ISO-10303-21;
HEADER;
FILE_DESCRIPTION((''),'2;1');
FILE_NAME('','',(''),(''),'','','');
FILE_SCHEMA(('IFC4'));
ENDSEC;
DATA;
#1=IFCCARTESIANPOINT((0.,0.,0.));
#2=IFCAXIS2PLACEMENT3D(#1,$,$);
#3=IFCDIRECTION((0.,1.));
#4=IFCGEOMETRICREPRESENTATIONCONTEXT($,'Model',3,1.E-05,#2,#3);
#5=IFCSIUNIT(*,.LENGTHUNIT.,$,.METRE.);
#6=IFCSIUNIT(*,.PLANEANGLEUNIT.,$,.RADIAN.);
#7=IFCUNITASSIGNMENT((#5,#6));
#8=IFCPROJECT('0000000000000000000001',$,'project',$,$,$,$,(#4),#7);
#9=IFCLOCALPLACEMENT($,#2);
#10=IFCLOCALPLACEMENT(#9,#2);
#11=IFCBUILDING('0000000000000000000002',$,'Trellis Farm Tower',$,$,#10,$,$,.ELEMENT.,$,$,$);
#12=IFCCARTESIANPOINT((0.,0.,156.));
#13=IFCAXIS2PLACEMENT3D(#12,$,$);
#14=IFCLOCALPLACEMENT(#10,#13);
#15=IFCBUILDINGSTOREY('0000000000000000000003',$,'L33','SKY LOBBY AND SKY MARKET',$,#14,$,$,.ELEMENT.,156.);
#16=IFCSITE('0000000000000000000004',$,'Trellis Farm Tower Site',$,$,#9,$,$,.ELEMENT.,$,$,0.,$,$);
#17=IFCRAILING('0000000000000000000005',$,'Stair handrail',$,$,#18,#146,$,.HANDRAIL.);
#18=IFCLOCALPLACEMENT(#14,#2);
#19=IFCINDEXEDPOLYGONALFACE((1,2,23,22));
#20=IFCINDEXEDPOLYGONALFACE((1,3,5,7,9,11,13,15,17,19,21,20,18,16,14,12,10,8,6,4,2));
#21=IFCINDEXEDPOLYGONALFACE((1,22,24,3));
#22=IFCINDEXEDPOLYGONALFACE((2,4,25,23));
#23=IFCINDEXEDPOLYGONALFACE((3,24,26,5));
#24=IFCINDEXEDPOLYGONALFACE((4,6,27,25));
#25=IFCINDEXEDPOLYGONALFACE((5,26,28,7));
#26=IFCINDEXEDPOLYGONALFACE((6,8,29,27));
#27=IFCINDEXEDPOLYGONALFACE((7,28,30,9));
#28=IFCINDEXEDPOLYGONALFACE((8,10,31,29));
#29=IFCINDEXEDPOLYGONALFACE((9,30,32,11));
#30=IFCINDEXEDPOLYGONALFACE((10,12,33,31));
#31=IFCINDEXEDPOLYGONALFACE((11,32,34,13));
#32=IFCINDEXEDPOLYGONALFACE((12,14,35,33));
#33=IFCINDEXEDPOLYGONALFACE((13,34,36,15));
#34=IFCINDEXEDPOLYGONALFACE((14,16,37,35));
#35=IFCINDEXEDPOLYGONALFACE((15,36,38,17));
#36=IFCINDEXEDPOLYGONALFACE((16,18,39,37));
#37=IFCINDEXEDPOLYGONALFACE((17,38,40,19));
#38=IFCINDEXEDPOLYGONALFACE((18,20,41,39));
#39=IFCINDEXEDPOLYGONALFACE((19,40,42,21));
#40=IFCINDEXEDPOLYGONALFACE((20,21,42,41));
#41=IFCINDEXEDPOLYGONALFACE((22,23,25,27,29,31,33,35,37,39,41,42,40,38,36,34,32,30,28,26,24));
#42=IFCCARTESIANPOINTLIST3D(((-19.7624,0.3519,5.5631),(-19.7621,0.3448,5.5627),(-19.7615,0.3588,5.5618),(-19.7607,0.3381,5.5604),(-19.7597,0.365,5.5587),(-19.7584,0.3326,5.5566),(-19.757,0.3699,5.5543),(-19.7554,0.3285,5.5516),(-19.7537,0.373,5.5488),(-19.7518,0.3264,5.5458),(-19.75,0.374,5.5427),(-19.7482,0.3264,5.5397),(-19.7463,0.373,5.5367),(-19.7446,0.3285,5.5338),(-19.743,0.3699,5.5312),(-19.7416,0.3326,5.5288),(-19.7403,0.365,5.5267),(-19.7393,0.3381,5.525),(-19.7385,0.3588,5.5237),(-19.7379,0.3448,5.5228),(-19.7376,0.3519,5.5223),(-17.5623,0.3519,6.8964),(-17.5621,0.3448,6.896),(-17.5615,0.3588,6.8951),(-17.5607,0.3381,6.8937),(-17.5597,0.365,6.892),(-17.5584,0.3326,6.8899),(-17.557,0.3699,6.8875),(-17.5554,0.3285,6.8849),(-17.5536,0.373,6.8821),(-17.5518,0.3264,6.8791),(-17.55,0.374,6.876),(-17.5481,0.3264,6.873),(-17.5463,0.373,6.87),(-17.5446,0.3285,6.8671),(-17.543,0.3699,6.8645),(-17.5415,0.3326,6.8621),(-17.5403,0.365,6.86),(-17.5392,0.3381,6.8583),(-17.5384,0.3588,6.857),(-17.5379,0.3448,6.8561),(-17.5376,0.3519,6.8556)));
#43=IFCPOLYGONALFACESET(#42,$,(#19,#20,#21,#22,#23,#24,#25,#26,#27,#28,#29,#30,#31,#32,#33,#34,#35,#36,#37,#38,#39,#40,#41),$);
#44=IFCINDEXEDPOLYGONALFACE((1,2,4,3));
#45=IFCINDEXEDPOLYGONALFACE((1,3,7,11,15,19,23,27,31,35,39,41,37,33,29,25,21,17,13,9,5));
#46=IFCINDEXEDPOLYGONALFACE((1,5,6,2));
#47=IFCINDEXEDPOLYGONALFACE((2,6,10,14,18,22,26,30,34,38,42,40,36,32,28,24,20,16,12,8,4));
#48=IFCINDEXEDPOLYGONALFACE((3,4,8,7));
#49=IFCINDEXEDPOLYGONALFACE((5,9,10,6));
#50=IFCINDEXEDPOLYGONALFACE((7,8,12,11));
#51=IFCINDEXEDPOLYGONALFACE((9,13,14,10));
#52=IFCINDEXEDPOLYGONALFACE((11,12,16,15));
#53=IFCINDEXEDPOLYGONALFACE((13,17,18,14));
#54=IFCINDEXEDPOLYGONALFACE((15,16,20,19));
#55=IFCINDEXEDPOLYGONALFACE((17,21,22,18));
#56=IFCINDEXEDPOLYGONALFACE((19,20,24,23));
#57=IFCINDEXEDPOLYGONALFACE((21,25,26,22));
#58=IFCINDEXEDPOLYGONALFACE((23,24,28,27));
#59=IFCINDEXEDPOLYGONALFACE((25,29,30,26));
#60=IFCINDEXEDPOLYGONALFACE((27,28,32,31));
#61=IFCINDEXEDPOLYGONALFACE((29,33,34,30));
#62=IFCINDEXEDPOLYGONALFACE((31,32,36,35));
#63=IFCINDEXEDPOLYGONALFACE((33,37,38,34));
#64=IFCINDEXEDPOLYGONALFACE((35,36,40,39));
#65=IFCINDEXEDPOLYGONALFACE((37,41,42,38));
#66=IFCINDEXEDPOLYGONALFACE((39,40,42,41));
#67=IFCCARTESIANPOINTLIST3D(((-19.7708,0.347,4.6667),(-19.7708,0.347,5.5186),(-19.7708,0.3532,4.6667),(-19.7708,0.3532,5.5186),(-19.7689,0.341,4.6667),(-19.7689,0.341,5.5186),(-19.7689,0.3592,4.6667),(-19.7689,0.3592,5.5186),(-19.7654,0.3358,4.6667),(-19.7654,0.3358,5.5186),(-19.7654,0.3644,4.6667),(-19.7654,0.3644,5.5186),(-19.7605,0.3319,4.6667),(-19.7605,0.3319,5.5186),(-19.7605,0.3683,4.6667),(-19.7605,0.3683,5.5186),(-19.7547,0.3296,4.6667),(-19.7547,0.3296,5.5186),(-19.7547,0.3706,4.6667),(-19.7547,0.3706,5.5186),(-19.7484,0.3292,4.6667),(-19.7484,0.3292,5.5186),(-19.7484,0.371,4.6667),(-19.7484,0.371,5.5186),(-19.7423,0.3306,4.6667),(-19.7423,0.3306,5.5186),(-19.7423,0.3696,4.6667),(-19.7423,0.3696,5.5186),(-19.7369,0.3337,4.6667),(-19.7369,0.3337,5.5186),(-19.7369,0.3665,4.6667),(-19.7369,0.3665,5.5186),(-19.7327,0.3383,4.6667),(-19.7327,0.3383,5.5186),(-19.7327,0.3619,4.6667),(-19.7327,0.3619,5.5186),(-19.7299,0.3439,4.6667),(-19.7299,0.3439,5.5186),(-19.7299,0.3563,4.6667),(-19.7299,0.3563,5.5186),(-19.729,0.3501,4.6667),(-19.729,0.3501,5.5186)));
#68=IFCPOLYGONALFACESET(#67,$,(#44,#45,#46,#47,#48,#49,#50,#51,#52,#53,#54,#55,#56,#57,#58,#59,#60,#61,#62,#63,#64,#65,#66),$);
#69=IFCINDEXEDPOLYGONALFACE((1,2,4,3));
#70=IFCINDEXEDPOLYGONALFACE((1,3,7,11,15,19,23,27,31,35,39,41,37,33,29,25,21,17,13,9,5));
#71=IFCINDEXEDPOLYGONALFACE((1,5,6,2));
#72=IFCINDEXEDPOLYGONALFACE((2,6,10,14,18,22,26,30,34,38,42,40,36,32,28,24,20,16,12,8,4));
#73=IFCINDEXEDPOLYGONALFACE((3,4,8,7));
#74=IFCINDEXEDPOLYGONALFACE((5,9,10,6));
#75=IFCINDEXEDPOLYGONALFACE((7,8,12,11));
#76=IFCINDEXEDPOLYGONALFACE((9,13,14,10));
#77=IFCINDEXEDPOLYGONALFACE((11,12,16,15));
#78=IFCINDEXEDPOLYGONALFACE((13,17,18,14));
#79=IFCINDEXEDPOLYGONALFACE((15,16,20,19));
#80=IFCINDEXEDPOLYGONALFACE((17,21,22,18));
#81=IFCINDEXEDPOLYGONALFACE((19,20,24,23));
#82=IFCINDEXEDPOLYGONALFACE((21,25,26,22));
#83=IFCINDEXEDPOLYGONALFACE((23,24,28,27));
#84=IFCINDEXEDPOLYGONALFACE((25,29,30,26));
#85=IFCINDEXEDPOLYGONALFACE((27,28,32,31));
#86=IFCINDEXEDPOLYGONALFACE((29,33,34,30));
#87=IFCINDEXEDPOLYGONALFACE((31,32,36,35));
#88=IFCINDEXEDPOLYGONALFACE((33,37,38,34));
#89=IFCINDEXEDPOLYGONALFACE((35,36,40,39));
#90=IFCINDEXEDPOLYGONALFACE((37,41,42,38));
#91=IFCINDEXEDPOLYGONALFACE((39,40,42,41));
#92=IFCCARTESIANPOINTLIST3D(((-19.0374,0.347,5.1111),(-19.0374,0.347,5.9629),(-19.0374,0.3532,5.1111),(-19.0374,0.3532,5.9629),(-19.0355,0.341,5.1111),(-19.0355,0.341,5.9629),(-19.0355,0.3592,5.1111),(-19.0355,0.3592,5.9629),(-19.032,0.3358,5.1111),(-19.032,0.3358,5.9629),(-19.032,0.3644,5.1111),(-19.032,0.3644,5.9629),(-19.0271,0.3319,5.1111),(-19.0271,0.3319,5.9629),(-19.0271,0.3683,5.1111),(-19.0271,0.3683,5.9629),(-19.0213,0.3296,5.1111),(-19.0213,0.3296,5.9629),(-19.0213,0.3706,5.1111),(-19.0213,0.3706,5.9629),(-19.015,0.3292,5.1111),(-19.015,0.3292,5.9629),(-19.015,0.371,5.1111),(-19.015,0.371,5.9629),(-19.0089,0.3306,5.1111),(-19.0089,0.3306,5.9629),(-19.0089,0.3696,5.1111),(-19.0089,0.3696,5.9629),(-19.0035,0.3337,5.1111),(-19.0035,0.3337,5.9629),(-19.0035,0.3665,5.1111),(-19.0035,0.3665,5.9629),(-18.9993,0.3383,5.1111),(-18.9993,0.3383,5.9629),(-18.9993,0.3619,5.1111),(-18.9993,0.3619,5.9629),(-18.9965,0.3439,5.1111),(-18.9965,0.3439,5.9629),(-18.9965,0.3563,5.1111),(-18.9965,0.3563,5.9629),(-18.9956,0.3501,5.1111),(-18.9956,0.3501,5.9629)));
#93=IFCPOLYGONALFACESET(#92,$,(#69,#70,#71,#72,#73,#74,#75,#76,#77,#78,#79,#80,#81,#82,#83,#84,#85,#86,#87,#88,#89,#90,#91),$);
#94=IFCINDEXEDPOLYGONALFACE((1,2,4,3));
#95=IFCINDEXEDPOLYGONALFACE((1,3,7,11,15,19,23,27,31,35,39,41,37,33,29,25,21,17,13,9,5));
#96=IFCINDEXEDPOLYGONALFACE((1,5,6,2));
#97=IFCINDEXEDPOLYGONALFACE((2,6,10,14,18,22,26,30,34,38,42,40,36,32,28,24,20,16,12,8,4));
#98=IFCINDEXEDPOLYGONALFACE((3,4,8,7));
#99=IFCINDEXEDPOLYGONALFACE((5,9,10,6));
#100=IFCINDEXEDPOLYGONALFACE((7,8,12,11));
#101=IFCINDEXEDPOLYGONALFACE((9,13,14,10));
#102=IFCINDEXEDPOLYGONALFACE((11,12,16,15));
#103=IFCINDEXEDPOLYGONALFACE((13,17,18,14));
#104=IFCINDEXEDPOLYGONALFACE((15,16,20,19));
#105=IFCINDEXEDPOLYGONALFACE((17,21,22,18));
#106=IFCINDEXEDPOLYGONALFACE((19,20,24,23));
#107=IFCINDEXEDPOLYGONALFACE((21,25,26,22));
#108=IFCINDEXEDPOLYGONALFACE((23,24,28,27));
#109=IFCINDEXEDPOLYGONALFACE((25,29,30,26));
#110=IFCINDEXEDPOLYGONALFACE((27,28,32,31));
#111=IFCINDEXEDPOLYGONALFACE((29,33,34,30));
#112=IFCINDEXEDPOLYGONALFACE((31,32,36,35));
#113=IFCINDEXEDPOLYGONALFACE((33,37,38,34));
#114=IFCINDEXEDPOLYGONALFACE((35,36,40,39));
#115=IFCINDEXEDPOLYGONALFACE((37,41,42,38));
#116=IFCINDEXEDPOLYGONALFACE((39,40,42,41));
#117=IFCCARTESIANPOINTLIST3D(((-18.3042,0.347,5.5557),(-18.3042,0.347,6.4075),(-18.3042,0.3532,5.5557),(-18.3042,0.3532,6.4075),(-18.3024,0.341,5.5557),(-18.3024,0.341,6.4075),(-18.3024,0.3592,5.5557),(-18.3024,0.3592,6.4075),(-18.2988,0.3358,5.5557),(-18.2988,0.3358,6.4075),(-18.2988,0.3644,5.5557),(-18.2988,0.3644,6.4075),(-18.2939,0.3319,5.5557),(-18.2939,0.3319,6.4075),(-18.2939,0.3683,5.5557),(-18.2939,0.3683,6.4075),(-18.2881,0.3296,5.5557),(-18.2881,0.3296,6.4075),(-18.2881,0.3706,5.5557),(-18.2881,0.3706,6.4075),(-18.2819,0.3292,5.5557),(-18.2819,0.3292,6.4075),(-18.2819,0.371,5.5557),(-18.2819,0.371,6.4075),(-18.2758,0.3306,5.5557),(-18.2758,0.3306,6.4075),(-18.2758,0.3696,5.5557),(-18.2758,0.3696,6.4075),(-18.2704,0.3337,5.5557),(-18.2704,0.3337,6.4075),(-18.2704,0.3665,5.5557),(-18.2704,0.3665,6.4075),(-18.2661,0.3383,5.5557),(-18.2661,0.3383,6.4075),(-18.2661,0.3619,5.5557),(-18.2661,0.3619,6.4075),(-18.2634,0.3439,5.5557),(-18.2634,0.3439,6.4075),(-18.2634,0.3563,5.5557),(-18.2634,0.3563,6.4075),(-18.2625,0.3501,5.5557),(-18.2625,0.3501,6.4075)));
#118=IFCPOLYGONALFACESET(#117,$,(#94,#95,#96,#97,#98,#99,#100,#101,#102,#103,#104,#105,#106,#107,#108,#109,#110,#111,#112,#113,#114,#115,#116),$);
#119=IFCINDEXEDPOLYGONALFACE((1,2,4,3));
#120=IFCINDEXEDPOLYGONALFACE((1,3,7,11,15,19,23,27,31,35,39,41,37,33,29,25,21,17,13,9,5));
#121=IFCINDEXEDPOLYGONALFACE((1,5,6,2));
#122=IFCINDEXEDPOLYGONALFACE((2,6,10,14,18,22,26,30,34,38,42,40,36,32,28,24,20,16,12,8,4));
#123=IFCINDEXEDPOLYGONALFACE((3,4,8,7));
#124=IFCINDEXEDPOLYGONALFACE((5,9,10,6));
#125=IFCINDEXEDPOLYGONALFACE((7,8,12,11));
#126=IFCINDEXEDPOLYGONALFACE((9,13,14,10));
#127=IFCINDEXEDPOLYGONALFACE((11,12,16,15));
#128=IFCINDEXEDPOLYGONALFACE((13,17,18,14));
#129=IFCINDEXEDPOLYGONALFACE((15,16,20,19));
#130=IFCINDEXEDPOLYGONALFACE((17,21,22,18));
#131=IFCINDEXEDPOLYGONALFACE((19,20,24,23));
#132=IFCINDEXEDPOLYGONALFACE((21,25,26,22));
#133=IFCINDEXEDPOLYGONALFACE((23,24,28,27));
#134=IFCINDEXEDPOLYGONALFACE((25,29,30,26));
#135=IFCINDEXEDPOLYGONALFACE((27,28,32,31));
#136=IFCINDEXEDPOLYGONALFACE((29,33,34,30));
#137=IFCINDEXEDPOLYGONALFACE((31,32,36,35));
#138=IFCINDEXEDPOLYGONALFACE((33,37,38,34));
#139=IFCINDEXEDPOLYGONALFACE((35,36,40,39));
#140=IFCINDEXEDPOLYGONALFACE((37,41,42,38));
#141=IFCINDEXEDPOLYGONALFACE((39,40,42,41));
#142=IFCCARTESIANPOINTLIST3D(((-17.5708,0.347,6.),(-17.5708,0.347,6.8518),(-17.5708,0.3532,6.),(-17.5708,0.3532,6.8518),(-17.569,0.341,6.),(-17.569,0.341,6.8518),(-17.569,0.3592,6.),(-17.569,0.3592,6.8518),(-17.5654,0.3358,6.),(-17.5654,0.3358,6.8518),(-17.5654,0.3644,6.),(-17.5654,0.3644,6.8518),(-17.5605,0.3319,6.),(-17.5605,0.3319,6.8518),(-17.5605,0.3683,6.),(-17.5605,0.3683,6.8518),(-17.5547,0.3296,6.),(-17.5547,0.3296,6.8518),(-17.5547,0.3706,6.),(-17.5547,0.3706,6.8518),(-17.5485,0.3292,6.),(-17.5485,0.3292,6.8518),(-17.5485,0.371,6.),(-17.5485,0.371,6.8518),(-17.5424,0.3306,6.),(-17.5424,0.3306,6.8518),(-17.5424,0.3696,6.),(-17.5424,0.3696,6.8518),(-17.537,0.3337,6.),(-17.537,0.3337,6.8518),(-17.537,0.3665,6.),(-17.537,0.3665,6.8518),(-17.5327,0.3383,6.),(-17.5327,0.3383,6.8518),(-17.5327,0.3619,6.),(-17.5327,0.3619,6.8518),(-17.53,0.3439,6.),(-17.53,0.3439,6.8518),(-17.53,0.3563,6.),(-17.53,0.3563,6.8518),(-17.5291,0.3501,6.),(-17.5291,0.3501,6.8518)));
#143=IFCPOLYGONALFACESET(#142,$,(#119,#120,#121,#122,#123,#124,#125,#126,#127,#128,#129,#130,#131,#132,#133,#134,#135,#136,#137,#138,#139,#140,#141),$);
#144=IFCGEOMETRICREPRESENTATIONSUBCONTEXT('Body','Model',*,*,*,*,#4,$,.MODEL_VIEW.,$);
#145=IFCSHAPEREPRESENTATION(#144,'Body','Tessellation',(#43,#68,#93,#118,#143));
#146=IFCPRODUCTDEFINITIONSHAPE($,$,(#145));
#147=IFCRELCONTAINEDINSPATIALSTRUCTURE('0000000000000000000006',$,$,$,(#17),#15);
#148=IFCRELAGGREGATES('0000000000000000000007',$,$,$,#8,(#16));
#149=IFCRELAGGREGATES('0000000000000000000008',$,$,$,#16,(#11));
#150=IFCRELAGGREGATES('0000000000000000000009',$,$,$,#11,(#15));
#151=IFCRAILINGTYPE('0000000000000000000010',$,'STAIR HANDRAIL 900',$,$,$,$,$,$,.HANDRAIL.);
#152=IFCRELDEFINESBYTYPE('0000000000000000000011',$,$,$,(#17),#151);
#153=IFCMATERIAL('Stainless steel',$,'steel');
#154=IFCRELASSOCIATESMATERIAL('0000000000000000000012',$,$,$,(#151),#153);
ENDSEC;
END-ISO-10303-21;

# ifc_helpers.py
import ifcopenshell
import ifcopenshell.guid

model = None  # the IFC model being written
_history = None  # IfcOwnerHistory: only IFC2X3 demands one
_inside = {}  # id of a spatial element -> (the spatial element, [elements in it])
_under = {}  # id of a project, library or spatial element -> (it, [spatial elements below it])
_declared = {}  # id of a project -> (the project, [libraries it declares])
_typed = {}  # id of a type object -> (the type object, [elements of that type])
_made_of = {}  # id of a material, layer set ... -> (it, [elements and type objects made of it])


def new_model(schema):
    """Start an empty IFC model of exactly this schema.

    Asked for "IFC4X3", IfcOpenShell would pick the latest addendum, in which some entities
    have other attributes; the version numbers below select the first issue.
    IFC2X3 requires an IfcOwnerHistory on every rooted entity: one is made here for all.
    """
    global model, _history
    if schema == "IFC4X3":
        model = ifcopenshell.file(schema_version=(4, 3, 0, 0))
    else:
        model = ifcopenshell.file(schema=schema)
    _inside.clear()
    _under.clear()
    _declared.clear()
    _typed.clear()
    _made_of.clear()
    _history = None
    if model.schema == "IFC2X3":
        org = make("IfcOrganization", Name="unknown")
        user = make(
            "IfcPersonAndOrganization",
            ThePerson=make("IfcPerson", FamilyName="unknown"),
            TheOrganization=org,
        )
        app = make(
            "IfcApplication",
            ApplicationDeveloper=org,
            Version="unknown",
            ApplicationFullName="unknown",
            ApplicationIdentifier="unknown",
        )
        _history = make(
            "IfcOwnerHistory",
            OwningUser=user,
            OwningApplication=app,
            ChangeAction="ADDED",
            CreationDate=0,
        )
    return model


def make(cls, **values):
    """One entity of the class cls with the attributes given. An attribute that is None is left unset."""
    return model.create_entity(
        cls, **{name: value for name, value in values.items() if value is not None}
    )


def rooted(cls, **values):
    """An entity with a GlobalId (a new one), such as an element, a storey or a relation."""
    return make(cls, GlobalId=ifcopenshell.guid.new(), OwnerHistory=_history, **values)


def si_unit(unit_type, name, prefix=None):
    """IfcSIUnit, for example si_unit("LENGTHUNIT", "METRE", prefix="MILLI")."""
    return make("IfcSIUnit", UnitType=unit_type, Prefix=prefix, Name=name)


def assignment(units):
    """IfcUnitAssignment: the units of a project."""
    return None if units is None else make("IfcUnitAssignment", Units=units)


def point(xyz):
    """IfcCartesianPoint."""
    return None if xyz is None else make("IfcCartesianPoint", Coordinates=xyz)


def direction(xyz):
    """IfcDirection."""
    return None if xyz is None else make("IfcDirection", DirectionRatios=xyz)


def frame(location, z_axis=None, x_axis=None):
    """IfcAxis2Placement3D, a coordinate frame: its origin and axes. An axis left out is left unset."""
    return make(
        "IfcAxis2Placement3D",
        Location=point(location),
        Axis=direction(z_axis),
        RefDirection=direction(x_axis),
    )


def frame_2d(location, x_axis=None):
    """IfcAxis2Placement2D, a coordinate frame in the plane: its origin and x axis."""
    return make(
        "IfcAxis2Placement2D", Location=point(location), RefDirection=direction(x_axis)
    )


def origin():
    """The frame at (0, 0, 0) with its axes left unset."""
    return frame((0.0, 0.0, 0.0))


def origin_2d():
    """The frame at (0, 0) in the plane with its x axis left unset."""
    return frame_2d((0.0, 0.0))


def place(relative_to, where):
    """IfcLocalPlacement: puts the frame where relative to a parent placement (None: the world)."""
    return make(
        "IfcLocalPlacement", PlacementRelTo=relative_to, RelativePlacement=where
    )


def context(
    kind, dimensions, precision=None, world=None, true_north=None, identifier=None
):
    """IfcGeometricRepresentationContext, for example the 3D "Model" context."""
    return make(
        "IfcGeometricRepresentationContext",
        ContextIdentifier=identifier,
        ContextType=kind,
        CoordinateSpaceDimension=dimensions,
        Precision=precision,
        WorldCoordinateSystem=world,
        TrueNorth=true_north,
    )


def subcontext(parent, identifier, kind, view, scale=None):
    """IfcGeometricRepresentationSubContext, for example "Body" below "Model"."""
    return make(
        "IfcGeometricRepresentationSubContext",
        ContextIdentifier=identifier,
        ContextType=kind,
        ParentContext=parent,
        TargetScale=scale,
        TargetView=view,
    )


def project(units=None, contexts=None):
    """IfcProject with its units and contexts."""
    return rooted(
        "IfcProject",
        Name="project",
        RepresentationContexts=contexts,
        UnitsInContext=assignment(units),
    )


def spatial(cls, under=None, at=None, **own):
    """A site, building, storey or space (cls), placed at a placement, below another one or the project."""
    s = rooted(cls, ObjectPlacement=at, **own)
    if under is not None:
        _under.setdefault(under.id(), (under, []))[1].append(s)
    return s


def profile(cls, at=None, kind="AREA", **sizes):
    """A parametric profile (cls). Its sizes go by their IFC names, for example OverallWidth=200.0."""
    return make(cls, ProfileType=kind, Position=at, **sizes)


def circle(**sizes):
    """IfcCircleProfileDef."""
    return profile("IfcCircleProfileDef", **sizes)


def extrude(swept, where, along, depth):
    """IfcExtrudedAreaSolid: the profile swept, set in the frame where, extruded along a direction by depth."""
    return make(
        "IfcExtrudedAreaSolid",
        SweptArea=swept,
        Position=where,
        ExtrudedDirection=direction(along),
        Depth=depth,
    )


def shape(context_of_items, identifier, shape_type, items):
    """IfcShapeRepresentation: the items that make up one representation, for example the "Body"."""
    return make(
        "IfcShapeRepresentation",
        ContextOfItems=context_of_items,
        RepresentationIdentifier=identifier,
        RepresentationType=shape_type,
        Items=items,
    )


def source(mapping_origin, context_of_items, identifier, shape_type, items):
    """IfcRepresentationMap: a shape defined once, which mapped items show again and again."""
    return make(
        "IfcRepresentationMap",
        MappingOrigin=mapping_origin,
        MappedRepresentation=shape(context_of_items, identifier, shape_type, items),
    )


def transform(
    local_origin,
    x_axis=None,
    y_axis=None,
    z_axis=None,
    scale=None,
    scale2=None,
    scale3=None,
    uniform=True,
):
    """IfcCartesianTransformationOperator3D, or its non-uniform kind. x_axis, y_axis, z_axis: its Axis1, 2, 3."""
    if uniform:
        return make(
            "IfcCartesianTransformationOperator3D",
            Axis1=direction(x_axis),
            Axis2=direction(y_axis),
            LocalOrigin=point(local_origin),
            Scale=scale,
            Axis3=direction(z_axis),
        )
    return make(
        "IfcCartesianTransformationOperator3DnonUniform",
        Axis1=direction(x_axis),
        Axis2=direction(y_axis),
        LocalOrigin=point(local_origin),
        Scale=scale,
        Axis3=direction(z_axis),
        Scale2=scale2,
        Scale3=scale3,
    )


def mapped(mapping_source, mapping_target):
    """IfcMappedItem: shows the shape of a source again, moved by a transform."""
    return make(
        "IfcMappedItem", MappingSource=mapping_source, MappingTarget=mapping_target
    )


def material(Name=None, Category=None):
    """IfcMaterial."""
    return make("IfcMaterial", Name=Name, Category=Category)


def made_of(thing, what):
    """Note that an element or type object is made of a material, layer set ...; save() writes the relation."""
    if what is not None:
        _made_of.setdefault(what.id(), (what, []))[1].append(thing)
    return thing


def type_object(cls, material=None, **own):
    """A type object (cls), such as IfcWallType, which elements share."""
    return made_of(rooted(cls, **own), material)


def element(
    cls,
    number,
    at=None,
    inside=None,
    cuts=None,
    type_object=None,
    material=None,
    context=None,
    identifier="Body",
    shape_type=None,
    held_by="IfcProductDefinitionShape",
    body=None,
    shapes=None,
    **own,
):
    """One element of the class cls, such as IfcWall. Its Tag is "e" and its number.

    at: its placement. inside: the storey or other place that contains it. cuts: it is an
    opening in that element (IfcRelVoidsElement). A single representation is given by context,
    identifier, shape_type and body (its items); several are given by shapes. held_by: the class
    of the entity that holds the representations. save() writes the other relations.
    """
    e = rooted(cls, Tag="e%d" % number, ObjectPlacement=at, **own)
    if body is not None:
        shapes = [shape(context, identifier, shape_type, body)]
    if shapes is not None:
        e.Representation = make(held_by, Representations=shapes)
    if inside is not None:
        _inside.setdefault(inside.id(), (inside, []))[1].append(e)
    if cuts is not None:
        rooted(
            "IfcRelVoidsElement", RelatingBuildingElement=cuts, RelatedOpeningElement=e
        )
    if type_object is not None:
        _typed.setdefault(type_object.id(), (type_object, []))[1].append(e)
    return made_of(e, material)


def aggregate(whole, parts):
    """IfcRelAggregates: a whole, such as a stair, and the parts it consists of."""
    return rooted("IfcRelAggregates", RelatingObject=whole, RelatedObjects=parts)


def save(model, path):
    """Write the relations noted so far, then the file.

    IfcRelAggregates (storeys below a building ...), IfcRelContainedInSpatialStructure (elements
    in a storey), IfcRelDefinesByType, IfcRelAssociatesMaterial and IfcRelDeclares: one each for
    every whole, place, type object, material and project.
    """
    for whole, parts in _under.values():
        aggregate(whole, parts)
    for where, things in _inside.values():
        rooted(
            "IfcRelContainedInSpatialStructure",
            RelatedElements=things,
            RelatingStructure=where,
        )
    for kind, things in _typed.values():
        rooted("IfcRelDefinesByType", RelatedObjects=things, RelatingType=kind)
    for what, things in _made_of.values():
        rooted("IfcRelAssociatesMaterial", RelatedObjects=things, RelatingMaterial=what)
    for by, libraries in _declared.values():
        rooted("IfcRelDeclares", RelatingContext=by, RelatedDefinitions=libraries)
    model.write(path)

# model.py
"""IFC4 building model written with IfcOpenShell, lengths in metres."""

from ifc_helpers import new_model, si_unit, direction, frame, origin, origin_2d, place, context, subcontext, project, spatial, circle, extrude, source, transform, mapped, material, type_object, element, save


model = new_model("IFC4")

# Units and contexts
model_context = context("Model", 3, precision=1e-05, world=origin(), true_north=direction((0.0, 1.0)))
body_context = subcontext(model_context, "Body", "Model", "MODEL_VIEW")
ifc_project = project(units=[si_unit("LENGTHUNIT", "METRE"), si_unit("PLANEANGLEUNIT", "RADIAN")], contexts=[model_context])

# Site, building, storey
site_placement = place(None, origin())
site = spatial("IfcSite", under=ifc_project, at=site_placement, Name="Trellis Farm Tower Site", CompositionType="ELEMENT", RefElevation=0.0)
building_placement = place(site_placement, origin())
building = spatial("IfcBuilding", under=site, at=building_placement, Name="Trellis Farm Tower", CompositionType="ELEMENT")
storey_placement = place(building_placement, frame((0.0, 0.0, 156.0)))
storey = spatial("IfcBuildingStorey", under=building, at=storey_placement, Name="L33", Description="SKY LOBBY AND SKY MARKET", CompositionType="ELEMENT", Elevation=156.0)

# Railing
ifc_material_1 = material(Name="Stainless steel", Category="steel")
railing_type = type_object("IfcRailingType", Name="STAIR HANDRAIL 900", PredefinedType="HANDRAIL", material=ifc_material_1)
shared_shape_1 = source(origin(), body_context, "Body", "SweptSolid", [
    extrude(circle(Radius=0.0239, at=origin_2d()), frame((0.0, 0.0, 0.876), z_axis=(0.855207, 0.0, 0.518287), x_axis=(0.0, 1.0, 0.0)), (0.0, 0.0, 1.0), 2.5725),
    extrude(circle(Radius=0.021, at=origin_2d()), origin(), (0.0, 0.0, 1.0), 0.8518),
    extrude(circle(Radius=0.021, at=origin_2d()), frame((0.7334, 0.0, 0.4443)), (0.0, 0.0, 1.0), 0.8518),
    extrude(circle(Radius=0.021, at=origin_2d()), frame((1.4666, 0.0, 0.8889)), (0.0, 0.0, 1.0), 0.8518),
    extrude(circle(Radius=0.021, at=origin_2d()), frame((2.2, 0.0, 1.3333)), (0.0, 0.0, 1.0), 0.8518),
])
for number, where, name in (
    (1, (-19.75, 0.3501, 4.6667), "Stair handrail"),
):
    element("IfcRailing", number, at=place(storey_placement, frame(where)), inside=storey, type_object=railing_type, Name=name, PredefinedType="HANDRAIL", context=body_context, shape_type="MappedRepresentation", body=[
        mapped(shared_shape_1, transform((0.0, 0.0, 0.0))),
    ])

save(model, "model.ifc")
